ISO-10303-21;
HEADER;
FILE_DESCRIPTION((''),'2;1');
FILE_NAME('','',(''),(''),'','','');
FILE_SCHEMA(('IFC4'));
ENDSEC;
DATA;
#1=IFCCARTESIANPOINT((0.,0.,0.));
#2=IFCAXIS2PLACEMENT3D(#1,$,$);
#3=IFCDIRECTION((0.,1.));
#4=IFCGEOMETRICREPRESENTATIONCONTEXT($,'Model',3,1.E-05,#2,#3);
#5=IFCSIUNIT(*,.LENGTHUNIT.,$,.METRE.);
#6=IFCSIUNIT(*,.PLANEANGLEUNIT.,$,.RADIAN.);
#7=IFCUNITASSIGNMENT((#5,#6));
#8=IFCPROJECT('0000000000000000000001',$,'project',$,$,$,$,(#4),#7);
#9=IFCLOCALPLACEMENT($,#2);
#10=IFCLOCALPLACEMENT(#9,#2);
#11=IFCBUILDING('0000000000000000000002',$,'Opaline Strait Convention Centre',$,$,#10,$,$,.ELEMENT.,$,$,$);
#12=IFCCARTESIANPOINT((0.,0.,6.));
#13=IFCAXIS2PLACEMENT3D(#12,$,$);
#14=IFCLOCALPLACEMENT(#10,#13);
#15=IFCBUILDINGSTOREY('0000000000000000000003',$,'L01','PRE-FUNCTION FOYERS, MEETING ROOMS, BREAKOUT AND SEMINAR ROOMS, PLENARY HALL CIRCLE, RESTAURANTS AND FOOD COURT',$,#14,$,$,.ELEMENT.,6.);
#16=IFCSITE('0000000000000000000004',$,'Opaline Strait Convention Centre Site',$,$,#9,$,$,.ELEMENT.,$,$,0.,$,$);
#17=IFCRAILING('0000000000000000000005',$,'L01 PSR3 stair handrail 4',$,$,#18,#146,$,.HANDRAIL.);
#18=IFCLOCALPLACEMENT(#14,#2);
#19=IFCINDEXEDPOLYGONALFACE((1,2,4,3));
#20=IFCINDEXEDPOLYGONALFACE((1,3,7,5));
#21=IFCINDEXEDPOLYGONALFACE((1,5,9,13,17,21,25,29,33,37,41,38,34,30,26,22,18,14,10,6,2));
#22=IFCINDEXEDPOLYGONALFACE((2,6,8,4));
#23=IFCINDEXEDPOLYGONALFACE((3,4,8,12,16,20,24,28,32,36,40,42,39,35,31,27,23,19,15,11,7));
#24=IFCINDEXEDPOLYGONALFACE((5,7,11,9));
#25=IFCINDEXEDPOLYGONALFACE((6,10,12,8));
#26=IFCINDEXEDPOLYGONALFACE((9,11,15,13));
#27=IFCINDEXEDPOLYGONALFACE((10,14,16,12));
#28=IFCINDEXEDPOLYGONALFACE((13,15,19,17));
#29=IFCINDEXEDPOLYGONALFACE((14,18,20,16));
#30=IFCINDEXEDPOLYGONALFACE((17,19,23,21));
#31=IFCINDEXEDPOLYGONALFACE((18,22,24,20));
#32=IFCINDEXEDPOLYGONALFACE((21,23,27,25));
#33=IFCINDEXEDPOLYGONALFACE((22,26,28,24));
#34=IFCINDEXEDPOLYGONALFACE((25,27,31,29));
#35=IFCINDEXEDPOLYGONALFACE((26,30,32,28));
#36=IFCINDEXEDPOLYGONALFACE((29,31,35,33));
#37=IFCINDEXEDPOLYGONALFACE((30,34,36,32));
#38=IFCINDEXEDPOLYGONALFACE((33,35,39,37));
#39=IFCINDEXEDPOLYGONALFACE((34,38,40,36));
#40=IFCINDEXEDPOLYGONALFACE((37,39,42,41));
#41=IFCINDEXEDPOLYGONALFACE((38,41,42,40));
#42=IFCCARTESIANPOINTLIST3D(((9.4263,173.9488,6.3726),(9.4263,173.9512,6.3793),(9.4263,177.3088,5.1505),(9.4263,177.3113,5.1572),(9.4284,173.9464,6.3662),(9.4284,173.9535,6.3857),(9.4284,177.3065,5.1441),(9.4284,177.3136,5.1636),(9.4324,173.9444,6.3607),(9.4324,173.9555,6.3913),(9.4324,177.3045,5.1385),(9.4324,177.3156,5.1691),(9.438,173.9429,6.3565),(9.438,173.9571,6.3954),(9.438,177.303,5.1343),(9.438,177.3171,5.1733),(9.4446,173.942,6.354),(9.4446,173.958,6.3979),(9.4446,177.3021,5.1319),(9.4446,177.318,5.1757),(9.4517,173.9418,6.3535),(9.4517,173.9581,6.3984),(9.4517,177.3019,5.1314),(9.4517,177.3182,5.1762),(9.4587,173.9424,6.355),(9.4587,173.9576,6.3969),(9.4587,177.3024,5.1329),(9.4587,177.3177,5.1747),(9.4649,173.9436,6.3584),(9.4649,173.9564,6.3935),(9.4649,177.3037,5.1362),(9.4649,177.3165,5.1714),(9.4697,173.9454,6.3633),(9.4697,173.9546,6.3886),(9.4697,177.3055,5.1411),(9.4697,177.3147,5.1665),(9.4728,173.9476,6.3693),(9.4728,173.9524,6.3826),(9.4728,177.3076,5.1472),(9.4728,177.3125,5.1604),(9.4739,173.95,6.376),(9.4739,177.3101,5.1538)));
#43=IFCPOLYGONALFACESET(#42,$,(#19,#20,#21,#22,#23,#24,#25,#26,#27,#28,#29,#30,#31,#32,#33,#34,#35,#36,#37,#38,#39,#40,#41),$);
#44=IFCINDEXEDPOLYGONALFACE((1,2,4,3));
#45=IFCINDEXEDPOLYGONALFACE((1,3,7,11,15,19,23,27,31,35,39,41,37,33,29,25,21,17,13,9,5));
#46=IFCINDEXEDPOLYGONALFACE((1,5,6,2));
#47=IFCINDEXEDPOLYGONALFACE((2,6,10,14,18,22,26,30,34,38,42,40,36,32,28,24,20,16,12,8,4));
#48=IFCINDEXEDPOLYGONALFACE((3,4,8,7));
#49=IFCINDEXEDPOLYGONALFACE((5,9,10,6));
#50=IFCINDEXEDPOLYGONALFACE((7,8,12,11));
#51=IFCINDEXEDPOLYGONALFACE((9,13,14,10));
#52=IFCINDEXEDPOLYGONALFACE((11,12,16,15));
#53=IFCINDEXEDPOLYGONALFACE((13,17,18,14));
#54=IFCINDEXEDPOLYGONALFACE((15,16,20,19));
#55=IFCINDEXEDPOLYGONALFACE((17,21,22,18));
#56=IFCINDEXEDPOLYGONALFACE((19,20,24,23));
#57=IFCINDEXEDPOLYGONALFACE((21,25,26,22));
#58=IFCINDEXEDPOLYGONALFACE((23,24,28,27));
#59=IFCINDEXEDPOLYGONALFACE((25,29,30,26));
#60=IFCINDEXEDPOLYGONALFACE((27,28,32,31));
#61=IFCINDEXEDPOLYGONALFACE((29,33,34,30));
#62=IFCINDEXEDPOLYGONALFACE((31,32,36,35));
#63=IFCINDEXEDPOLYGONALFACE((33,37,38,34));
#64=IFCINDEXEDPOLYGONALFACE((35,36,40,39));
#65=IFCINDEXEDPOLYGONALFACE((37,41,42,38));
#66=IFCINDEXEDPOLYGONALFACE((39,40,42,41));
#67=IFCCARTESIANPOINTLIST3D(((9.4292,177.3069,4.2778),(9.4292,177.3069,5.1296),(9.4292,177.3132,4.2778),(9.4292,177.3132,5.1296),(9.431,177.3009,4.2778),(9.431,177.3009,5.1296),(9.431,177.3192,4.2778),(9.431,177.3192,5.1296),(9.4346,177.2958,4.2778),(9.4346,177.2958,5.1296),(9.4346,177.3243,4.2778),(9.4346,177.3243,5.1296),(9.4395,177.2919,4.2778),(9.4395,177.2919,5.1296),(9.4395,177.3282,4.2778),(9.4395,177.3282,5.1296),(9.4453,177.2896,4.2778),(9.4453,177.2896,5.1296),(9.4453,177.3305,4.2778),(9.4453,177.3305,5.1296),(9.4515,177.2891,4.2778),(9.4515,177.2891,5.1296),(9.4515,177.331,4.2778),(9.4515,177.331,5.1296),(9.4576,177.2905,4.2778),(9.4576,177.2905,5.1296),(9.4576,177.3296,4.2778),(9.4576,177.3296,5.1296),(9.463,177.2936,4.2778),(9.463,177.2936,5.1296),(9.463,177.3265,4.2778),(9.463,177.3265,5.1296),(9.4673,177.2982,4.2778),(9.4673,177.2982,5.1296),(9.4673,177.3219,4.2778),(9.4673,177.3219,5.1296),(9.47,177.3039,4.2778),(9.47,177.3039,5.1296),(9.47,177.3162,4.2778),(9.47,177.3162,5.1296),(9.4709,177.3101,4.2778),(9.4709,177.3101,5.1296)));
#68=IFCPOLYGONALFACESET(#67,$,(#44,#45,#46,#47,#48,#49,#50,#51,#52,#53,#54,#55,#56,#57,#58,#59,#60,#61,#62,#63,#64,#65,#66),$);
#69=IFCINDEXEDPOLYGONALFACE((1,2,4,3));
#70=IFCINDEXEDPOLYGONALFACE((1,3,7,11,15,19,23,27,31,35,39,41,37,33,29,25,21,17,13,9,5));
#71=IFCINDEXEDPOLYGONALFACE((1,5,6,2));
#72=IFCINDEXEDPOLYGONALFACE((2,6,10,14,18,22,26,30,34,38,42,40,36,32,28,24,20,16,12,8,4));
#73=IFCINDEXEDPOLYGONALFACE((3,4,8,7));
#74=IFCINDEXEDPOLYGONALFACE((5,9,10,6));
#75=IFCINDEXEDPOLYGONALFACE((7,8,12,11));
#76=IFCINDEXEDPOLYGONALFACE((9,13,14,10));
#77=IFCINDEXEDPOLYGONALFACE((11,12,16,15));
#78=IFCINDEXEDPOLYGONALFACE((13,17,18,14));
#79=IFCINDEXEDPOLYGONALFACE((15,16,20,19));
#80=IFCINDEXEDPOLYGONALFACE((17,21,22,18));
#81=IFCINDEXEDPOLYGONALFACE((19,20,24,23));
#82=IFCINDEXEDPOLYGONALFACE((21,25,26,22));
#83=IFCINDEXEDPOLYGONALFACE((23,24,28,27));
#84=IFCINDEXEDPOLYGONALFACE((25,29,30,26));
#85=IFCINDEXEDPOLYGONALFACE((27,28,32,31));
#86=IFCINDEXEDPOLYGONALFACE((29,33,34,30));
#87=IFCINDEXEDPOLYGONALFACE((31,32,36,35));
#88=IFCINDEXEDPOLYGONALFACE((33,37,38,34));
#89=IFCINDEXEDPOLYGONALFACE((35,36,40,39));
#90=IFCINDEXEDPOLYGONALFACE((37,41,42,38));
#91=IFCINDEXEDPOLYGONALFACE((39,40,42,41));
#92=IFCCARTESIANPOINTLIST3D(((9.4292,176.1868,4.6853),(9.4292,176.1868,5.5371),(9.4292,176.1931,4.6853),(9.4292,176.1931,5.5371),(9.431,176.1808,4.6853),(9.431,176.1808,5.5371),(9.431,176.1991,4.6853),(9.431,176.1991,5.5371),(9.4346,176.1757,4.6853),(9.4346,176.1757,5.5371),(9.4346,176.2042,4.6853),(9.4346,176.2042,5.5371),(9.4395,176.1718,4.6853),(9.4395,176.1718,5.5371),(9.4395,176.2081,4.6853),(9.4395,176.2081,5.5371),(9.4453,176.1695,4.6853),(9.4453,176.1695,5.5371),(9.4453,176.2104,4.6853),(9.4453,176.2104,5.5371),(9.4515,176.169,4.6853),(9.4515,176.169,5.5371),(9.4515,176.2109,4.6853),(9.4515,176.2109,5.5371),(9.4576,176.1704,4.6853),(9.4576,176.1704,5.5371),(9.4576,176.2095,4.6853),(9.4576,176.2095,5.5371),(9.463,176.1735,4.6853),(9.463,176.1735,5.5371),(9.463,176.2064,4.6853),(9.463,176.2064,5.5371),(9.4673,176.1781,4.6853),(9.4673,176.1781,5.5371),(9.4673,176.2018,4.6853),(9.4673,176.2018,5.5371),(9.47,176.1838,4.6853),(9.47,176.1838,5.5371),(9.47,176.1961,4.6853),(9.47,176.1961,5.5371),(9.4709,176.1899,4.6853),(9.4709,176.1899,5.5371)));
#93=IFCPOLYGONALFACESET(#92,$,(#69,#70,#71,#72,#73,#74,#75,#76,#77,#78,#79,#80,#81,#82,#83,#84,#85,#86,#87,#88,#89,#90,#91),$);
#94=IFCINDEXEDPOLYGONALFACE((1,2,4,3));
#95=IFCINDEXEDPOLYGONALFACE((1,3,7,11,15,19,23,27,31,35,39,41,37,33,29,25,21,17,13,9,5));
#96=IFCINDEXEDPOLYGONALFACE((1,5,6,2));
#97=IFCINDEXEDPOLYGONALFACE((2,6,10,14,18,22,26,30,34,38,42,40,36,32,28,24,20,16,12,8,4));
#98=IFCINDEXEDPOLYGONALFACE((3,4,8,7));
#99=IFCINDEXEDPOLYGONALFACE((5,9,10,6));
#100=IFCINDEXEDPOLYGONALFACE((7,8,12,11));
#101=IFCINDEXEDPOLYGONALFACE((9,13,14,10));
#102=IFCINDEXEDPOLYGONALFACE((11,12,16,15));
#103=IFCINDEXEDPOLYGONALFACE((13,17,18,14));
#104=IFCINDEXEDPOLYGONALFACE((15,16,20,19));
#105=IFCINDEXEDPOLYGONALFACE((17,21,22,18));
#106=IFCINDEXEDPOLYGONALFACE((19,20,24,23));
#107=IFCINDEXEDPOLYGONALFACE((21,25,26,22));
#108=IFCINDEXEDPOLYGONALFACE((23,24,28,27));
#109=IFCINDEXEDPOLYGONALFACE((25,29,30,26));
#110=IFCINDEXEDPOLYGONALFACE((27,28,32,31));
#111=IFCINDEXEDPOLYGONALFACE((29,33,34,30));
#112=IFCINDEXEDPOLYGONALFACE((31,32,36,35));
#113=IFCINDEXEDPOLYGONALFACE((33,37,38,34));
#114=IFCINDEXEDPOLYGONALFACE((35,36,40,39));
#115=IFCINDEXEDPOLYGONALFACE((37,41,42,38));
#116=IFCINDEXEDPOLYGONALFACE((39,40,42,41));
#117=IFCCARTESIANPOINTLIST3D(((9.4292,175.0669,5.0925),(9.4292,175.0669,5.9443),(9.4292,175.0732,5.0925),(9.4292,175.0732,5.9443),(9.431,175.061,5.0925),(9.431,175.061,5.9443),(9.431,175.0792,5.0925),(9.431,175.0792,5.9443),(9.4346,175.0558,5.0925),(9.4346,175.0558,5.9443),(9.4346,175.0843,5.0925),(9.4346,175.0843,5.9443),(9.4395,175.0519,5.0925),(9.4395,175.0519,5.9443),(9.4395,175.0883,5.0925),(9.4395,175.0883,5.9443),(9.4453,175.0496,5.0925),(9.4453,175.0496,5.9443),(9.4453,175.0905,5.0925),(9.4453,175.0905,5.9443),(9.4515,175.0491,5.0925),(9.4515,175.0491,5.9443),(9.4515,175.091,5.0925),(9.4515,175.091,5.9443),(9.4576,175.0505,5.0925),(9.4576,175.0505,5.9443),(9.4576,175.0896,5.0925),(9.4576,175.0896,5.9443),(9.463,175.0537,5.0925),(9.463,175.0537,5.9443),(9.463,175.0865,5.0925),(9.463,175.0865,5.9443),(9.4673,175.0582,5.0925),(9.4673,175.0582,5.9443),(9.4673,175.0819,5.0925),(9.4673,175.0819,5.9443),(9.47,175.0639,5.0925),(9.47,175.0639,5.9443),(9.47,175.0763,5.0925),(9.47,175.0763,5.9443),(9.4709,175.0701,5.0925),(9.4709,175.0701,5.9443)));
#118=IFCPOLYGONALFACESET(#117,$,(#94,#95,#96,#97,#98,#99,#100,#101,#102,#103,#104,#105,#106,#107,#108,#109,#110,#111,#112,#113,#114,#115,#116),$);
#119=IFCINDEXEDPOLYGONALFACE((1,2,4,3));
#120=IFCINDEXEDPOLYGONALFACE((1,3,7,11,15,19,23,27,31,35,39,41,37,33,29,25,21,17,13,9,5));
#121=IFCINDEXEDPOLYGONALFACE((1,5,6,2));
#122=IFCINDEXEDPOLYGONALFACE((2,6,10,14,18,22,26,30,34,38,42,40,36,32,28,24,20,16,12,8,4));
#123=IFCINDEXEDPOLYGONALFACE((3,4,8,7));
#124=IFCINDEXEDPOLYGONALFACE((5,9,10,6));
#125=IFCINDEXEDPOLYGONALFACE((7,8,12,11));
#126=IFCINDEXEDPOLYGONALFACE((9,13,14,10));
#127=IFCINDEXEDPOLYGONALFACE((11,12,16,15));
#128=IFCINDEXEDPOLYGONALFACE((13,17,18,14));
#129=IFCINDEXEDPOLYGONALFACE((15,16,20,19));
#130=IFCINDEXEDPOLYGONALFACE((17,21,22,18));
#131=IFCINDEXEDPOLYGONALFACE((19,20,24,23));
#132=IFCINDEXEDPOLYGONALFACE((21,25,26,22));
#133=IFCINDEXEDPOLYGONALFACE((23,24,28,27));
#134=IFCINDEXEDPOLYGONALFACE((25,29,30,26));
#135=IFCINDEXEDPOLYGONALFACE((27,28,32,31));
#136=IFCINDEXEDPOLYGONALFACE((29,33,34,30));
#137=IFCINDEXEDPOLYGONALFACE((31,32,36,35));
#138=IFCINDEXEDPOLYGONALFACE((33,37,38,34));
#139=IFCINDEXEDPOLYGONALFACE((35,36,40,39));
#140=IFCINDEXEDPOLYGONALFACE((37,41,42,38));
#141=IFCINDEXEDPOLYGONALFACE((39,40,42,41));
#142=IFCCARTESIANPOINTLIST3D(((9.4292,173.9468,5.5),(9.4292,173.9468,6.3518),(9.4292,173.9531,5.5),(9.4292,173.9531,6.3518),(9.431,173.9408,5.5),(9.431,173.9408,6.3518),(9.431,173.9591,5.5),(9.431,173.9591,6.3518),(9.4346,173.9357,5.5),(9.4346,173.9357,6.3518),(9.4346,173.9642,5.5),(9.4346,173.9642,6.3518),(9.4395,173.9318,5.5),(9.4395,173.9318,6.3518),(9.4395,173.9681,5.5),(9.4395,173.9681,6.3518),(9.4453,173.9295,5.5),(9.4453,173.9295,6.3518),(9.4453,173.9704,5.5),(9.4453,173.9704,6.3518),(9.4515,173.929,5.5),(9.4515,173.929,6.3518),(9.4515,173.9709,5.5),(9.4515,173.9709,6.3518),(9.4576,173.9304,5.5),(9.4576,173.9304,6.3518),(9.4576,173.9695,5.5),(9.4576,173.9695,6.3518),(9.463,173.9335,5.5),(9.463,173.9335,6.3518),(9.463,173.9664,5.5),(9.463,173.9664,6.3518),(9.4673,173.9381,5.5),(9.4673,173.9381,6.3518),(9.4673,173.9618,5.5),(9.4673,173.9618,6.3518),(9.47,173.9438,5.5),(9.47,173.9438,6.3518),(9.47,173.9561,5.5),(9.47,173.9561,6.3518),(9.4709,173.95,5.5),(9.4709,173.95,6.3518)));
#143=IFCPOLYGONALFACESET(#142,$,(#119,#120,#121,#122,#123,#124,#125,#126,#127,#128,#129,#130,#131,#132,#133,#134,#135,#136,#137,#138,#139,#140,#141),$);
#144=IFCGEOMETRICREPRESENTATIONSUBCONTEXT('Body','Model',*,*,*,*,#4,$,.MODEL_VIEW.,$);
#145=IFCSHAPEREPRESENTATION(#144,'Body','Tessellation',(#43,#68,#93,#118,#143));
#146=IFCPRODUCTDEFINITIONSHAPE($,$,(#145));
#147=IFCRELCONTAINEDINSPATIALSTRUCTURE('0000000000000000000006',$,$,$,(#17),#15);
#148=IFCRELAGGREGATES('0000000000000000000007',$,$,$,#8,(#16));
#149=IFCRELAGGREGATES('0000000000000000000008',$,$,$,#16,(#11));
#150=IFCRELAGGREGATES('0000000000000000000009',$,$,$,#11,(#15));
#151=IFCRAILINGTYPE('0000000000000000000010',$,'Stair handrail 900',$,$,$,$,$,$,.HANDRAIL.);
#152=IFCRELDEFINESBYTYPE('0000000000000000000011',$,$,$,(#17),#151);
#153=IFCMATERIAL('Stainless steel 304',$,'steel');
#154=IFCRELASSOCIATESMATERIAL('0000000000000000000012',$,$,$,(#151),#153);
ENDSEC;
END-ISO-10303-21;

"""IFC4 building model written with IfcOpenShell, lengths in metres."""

from ifc_helpers import new_model, si_unit, direction, frame, origin, origin_2d, place, context, subcontext, project, spatial, circle, extrude, material, type_object, element, save


model = new_model("IFC4")

# Units and contexts
model_context = context("Model", 3, precision=1e-05, world=origin(), true_north=direction((0.0, 1.0)))
body_context = subcontext(model_context, "Body", "Model", "MODEL_VIEW")
ifc_project = project(units=[si_unit("LENGTHUNIT", "METRE"), si_unit("PLANEANGLEUNIT", "RADIAN")], contexts=[model_context])

# Site, building, storey
site_placement = place(None, origin())
site = spatial("IfcSite", under=ifc_project, at=site_placement, Name="Opaline Strait Convention Centre Site", CompositionType="ELEMENT", RefElevation=0.0)
building_placement = place(site_placement, origin())
building = spatial("IfcBuilding", under=site, at=building_placement, Name="Opaline Strait Convention Centre", CompositionType="ELEMENT")
storey_placement = place(building_placement, frame((0.0, 0.0, 6.0)))
storey = spatial("IfcBuildingStorey", under=building, at=storey_placement, Name="L01", Description="PRE-FUNCTION FOYERS, MEETING ROOMS, BREAKOUT AND SEMINAR ROOMS, PLENARY HALL CIRCLE, RESTAURANTS AND FOOD COURT", CompositionType="ELEMENT", Elevation=6.0)

# Railing
ifc_material_1 = material(Name="Stainless steel 304", Category="steel")
railing_type_1 = type_object("IfcRailingType", Name="Stair handrail 900", PredefinedType="HANDRAIL", material=ifc_material_1)
for number, where, name in (
    (1, (9.45, 177.3101, 4.2778), "L01 PSR3 stair handrail 4"),
):
    element("IfcRailing", number, at=place(storey_placement, frame(where)), inside=storey, type_object=railing_type_1, Name=name, PredefinedType="HANDRAIL", context=body_context, shape_type="SweptSolid", body=[
        extrude(circle(Radius=0.0239, at=origin_2d()), frame((0.0, 0.0, 0.876), z_axis=(0.0, -0.939766, 0.34182), x_axis=(1.0, 0.0, 0.0)), (0.0, 0.0, 1.0), 3.5754),
        extrude(circle(Radius=0.021, at=origin_2d()), origin(), (0.0, 0.0, 1.0), 0.8518),
        extrude(circle(Radius=0.021, at=origin_2d()), frame((0.0, -1.1201, 0.4075)), (0.0, 0.0, 1.0), 0.8518),
        extrude(circle(Radius=0.021, at=origin_2d()), frame((0.0, -2.24, 0.8147)), (0.0, 0.0, 1.0), 0.8518),
        extrude(circle(Radius=0.021, at=origin_2d()), frame((0.0, -3.3601, 1.2222)), (0.0, 0.0, 1.0), 0.8518),
    ])

save(model, "model.ifc")
